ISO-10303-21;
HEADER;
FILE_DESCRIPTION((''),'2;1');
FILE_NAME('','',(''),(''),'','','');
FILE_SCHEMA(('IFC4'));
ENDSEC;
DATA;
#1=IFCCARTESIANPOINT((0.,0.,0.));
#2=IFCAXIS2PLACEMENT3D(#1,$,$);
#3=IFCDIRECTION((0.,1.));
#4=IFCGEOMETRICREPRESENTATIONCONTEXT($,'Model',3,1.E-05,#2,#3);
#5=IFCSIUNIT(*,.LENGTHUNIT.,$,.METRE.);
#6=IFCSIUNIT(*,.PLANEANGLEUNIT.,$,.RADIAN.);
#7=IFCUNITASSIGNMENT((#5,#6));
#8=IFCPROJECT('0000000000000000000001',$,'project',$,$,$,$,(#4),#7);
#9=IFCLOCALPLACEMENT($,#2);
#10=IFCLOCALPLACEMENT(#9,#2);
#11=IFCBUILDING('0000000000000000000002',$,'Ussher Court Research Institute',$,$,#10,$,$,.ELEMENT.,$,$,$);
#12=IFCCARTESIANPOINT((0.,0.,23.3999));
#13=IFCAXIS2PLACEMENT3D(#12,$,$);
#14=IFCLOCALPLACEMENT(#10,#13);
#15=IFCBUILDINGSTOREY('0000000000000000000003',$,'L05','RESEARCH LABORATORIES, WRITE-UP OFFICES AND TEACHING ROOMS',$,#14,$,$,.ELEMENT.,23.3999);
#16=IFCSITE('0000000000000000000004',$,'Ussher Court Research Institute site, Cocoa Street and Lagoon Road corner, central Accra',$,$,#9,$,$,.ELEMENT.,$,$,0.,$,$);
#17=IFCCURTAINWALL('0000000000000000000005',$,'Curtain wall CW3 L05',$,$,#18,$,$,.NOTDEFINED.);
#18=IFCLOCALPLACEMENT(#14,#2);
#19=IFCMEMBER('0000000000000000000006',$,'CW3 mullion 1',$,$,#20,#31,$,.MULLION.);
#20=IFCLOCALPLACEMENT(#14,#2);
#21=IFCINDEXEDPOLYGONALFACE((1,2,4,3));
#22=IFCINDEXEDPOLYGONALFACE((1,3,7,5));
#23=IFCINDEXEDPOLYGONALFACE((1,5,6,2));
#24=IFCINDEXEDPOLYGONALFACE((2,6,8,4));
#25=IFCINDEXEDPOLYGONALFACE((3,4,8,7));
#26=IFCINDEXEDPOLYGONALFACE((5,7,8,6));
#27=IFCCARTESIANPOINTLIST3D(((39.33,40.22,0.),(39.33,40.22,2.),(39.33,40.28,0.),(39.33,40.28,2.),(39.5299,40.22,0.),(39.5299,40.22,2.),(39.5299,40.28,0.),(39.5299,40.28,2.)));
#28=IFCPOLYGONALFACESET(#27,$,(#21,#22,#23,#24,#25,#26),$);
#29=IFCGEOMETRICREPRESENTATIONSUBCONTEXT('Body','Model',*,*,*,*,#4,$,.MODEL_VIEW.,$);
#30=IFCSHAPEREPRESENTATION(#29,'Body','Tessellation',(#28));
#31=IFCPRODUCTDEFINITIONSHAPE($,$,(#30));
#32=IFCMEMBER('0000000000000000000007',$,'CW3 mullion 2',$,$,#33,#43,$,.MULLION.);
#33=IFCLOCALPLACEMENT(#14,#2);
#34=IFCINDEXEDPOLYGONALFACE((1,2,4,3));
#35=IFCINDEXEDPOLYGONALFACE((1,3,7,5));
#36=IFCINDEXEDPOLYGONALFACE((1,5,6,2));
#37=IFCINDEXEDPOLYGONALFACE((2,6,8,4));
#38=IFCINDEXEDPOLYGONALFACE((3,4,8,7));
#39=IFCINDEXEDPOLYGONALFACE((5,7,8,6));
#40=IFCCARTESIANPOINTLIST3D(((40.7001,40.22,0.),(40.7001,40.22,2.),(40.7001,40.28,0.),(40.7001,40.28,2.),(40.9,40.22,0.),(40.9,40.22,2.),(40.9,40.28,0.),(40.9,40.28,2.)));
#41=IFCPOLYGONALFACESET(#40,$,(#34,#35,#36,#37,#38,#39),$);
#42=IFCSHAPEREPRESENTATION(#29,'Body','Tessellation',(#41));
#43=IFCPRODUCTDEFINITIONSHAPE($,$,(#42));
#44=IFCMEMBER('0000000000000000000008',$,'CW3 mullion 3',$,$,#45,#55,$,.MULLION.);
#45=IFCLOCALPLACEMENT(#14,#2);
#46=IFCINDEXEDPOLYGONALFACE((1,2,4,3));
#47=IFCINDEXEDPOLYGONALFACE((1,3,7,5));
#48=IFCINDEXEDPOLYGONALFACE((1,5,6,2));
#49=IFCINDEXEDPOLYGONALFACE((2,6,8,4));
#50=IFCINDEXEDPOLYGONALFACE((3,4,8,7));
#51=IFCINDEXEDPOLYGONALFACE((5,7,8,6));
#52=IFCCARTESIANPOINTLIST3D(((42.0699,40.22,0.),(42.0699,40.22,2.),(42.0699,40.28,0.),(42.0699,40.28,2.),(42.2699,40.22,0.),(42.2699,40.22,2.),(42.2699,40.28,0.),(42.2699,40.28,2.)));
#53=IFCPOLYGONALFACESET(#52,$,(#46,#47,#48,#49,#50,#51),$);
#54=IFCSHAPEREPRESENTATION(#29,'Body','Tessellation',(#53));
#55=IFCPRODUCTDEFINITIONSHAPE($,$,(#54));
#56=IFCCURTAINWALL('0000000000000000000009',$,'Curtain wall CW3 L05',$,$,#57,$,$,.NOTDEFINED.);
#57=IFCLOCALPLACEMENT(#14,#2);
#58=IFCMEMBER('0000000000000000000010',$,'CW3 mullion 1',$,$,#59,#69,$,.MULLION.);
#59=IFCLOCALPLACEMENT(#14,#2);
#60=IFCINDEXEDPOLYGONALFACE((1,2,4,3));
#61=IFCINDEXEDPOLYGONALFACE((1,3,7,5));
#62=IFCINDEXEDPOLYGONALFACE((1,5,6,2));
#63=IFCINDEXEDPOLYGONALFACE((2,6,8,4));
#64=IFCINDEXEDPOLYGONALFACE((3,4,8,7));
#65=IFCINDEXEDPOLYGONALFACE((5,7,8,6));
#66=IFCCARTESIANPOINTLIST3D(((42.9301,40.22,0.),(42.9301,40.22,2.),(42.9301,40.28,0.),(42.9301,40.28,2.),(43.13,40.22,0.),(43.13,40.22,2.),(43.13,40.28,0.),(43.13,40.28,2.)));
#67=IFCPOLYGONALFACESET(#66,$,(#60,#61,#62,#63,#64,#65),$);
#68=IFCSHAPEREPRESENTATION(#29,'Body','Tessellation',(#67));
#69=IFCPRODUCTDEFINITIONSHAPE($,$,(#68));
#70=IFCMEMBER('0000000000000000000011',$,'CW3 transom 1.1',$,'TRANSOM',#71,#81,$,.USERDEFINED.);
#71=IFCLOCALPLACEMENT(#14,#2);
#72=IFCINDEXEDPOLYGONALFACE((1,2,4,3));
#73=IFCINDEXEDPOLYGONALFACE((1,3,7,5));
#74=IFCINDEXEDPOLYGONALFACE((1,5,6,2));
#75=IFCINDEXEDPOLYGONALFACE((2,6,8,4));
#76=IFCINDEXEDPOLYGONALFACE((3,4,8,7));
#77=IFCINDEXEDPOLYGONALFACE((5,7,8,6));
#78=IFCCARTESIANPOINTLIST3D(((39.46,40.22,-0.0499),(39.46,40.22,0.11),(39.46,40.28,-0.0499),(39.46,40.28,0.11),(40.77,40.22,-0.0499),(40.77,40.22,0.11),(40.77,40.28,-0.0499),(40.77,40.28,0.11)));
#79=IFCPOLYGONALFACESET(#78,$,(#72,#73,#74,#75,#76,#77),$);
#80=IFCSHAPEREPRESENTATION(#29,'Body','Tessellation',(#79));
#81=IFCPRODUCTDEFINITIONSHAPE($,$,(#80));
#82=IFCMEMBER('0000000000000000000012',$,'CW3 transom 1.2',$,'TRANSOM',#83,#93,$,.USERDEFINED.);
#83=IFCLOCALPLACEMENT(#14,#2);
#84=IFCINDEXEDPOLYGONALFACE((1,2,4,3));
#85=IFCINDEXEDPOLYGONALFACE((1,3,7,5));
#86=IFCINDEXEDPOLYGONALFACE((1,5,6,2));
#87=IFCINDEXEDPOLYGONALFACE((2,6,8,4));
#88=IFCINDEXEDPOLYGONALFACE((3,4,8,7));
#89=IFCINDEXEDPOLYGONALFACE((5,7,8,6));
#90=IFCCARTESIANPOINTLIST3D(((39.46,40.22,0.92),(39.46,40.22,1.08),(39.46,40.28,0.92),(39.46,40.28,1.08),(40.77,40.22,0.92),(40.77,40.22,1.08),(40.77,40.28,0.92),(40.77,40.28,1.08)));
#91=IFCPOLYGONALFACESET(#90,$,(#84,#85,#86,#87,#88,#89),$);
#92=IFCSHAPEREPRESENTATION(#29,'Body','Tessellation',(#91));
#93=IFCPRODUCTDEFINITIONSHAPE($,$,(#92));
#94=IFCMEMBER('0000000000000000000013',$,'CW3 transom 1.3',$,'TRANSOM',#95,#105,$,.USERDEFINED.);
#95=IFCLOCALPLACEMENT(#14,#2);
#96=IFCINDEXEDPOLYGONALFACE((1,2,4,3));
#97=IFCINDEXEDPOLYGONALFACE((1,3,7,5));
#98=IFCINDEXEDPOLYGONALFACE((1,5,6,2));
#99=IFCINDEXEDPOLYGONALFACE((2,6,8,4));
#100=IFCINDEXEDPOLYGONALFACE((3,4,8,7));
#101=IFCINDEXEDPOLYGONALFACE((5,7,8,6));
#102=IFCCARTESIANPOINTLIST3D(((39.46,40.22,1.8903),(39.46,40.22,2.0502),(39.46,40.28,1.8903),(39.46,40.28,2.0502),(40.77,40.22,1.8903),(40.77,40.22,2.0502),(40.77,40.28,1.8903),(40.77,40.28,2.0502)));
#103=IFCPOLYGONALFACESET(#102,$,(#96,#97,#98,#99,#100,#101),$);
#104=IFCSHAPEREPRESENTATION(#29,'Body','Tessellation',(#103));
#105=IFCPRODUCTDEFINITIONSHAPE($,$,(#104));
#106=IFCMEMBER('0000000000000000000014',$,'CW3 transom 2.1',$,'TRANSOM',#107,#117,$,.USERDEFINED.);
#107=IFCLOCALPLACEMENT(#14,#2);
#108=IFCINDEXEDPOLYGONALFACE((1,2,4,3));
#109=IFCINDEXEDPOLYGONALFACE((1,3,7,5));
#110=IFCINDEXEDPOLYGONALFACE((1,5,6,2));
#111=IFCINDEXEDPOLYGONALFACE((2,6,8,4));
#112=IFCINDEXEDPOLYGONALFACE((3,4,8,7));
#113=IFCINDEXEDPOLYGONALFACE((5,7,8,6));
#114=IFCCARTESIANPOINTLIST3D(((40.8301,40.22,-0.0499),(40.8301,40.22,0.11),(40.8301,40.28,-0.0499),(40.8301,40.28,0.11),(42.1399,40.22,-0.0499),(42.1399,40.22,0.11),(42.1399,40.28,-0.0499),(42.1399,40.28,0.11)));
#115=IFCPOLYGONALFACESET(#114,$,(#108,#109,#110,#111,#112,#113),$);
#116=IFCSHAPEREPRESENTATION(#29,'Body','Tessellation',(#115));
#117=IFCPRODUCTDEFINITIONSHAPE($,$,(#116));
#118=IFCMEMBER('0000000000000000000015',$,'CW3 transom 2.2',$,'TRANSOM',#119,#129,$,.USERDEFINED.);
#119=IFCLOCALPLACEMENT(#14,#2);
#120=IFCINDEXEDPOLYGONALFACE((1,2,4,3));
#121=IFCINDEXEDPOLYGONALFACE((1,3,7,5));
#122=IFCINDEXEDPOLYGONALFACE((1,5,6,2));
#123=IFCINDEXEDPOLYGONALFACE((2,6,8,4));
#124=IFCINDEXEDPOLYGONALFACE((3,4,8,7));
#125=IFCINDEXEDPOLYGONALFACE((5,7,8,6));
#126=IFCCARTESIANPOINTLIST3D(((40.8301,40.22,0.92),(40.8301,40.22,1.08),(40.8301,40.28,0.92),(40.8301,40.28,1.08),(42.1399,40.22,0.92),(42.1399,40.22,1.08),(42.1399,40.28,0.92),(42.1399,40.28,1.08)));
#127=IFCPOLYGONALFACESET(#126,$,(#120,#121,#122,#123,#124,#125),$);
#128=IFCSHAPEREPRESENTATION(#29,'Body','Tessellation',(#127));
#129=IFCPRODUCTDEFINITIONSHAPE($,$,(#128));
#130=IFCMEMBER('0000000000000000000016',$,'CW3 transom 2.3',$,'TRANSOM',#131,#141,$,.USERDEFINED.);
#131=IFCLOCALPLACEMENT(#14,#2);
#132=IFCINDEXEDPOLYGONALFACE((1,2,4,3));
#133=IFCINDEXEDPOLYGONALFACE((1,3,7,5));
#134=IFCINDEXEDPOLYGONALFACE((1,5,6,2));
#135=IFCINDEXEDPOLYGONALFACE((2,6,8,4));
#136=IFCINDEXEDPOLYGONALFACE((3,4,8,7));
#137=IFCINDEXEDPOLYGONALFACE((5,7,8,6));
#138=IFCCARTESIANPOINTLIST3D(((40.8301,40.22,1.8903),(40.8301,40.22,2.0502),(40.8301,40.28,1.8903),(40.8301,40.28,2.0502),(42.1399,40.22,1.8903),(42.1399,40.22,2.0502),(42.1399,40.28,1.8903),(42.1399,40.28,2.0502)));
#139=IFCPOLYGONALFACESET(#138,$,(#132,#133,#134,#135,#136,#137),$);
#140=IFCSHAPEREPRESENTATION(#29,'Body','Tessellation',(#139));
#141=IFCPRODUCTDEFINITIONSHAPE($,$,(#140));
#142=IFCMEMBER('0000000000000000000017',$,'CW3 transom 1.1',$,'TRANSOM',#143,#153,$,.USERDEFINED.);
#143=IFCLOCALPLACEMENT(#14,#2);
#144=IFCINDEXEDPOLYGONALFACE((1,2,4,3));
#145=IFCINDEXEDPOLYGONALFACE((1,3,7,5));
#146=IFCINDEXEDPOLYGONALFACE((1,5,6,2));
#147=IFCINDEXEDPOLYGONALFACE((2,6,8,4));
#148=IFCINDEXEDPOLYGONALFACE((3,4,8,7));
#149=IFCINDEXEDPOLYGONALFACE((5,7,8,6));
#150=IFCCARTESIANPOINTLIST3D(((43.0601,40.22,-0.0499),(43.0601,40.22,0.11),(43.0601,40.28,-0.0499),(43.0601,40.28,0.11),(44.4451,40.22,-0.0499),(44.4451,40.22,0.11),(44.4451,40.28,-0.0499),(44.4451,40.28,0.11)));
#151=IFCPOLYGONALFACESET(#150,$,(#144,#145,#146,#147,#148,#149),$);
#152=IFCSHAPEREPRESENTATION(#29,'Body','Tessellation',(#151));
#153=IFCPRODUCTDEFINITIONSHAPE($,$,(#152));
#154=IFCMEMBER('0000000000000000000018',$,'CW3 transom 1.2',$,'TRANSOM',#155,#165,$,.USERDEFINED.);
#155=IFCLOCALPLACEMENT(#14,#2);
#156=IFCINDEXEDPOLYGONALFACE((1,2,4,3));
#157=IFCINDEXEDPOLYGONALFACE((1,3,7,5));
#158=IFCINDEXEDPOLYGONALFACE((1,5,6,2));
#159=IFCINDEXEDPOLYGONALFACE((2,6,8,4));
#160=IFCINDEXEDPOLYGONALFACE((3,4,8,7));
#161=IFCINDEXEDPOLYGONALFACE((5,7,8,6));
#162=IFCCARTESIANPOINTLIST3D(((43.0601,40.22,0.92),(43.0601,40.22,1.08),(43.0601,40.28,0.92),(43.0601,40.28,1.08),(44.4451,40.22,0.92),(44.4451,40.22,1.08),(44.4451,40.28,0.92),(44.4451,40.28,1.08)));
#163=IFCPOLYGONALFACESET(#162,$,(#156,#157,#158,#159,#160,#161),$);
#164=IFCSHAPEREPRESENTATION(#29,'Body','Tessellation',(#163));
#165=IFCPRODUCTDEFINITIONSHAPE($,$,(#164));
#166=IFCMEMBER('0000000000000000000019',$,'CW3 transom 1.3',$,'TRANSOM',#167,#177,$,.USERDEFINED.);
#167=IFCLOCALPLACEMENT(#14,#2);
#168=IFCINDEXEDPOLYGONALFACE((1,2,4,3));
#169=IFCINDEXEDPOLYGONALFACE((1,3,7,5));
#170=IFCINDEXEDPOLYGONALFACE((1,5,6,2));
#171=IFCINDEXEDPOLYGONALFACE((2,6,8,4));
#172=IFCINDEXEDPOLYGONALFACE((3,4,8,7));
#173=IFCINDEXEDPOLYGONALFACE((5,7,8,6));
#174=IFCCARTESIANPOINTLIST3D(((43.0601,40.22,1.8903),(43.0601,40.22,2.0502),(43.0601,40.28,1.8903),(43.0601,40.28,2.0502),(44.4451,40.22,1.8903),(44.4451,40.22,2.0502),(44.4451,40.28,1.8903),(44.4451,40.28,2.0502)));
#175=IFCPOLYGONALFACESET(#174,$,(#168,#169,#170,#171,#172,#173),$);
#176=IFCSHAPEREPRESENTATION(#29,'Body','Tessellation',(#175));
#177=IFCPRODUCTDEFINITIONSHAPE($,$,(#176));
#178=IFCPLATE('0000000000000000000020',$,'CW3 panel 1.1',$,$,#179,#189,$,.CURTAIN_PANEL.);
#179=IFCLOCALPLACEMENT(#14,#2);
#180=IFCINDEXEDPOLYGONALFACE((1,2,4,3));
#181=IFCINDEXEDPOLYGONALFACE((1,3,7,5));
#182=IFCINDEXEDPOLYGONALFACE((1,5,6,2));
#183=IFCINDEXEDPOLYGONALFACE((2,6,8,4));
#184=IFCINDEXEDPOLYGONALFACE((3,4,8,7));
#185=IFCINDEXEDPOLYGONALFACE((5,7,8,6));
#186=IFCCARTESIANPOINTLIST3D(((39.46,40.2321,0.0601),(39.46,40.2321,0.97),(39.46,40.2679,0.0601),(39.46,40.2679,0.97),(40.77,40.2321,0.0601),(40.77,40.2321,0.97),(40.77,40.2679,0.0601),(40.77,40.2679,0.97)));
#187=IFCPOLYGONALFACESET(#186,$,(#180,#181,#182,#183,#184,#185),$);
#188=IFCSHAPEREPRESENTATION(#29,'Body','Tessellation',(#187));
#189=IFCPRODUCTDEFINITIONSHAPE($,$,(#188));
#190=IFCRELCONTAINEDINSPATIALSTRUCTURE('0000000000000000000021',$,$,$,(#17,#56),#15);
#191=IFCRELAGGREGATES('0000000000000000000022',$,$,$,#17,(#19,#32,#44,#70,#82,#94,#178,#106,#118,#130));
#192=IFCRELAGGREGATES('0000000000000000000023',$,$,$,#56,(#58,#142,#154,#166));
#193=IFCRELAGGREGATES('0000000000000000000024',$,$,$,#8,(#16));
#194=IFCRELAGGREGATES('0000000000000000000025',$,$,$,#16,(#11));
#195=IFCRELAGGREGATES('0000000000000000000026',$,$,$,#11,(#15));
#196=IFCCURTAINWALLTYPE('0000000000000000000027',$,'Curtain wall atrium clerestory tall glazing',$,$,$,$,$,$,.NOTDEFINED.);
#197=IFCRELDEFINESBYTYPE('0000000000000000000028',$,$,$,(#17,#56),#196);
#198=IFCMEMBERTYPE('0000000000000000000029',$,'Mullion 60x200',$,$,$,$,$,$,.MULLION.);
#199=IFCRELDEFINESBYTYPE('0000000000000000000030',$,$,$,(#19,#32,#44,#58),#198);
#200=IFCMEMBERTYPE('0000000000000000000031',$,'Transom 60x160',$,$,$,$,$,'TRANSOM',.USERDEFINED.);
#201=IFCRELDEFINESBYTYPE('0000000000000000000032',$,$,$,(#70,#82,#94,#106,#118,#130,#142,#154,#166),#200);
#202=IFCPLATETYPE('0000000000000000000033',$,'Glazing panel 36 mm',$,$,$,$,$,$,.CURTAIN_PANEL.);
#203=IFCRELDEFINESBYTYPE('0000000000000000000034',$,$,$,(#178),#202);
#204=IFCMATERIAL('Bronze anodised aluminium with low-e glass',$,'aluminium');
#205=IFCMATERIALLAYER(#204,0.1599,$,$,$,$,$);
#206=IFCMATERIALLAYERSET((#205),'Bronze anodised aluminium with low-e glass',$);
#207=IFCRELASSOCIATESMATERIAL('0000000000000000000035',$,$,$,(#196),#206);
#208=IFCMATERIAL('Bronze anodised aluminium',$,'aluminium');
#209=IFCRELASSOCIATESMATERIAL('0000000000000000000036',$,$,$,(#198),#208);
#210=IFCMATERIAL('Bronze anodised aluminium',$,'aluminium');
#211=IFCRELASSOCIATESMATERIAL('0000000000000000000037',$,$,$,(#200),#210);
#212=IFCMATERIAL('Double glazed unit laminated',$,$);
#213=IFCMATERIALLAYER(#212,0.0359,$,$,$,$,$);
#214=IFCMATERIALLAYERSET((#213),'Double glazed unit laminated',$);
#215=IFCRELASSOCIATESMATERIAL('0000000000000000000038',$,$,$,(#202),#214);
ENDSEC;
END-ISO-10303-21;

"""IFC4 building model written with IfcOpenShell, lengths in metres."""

from ifc_helpers import new_model, si_unit, direction, frame, origin, origin_2d, place, context, subcontext, project, spatial, rectangle, extrude, material, layer, layer_set, material_profile, profile_set, type_object, element, aggregate, save


model = new_model("IFC4")

# Units and contexts
model_context = context("Model", 3, precision=1e-05, world=origin(), true_north=direction((0.0, 1.0)))
body_context = subcontext(model_context, "Body", "Model", "MODEL_VIEW")
ifc_project = project(units=[si_unit("LENGTHUNIT", "METRE"), si_unit("PLANEANGLEUNIT", "RADIAN")], contexts=[model_context])

# Site, building, storey
site_placement = place(None, origin())
site = spatial("IfcSite", under=ifc_project, at=site_placement, Name="Ussher Court Research Institute site, Cocoa Street and Lagoon Road corner, central Accra", CompositionType="ELEMENT", RefElevation=0.0)
building_placement = place(site_placement, origin())
building = spatial("IfcBuilding", under=site, at=building_placement, Name="Ussher Court Research Institute", CompositionType="ELEMENT")
storey_placement = place(building_placement, frame((0.0, 0.0, 23.3999)))
storey = spatial("IfcBuildingStorey", under=building, at=storey_placement, Name="L05", Description="RESEARCH LABORATORIES, WRITE-UP OFFICES AND TEACHING ROOMS", CompositionType="ELEMENT", Elevation=23.3999)

# Curtain wall, members
ifc_material_1 = material(Name="Bronze anodised aluminium with low-e glass", Category="aluminium")
ifc_layer_1 = layer(ifc_material_1, 0.1599)
ifc_layer_set_1 = layer_set([ifc_layer_1], Name="Bronze anodised aluminium with low-e glass")
curtain_wall_type = type_object("IfcCurtainWallType", Name="Curtain wall atrium clerestory tall glazing", PredefinedType="NOTDEFINED", material=ifc_layer_set_1)
curtain_wall_1_placement = place(storey_placement, origin())
curtain_wall_1 = element("IfcCurtainWall", 1, at=curtain_wall_1_placement, inside=storey, type_object=curtain_wall_type, Name="Curtain wall CW3 L05", PredefinedType="NOTDEFINED")
ifc_material_2 = material(Name="Bronze anodised aluminium", Category="aluminium")
ifc_material_profile_1 = material_profile(ifc_material_2, rectangle(XDim=0.0601, YDim=0.2, at=origin_2d()), Name="Mullion 60x200")
ifc_profile_set_1 = profile_set([ifc_material_profile_1], Name="Bronze anodised aluminium")
member_type_1 = type_object("IfcMemberType", Name="Mullion 60x200", PredefinedType="MULLION", material=ifc_profile_set_1)
member_1_placement = place(storey_placement, frame((39.4299, 40.25, 0.0), z_axis=(0.0, 0.0, 1.0), x_axis=(0.0, 1.0, 0.0)))
member_1 = element("IfcMember", 2, at=member_1_placement, type_object=member_type_1, Name="CW3 mullion 1", PredefinedType="MULLION", context=body_context, shape_type="SweptSolid", body=[
    extrude(rectangle(XDim=0.0601, YDim=0.2, at=origin_2d()), origin(), (0.0, 0.0, 1.0), 2.0),
])
member_2_placement = place(storey_placement, frame((40.8, 40.25, 0.0), z_axis=(0.0, 0.0, 1.0), x_axis=(0.0, 1.0, 0.0)))
member_2 = element("IfcMember", 3, at=member_2_placement, type_object=member_type_1, Name="CW3 mullion 2", PredefinedType="MULLION", context=body_context, shape_type="SweptSolid", body=[
    extrude(rectangle(XDim=0.0601, YDim=0.2, at=origin_2d()), origin(), (0.0, 0.0, 1.0), 2.0),
])
member_3_placement = place(storey_placement, frame((42.1699, 40.25, 0.0), z_axis=(0.0, 0.0, 1.0), x_axis=(0.0, 1.0, 0.0)))
member_3 = element("IfcMember", 4, at=member_3_placement, type_object=member_type_1, Name="CW3 mullion 3", PredefinedType="MULLION", context=body_context, shape_type="SweptSolid", body=[
    extrude(rectangle(XDim=0.0601, YDim=0.2, at=origin_2d()), origin(), (0.0, 0.0, 1.0), 2.0),
])

# Curtain wall, member
curtain_wall_2_placement = place(storey_placement, origin())
curtain_wall_2 = element("IfcCurtainWall", 5, at=curtain_wall_2_placement, inside=storey, type_object=curtain_wall_type, Name="Curtain wall CW3 L05", PredefinedType="NOTDEFINED")
member_4_placement = place(storey_placement, frame((43.03, 40.25, 0.0), z_axis=(0.0, 0.0, 1.0), x_axis=(0.0, 1.0, 0.0)))
member_4 = element("IfcMember", 6, at=member_4_placement, type_object=member_type_1, Name="CW3 mullion 1", PredefinedType="MULLION", context=body_context, shape_type="SweptSolid", body=[
    extrude(rectangle(XDim=0.0601, YDim=0.2, at=origin_2d()), origin(), (0.0, 0.0, 1.0), 2.0),
])

# Members
ifc_material_3 = material(Name="Bronze anodised aluminium", Category="aluminium")
ifc_material_profile_2 = material_profile(ifc_material_3, rectangle(XDim=0.0601, YDim=0.1599, at=origin_2d()), Name="Transom 60x160")
ifc_profile_set_2 = profile_set([ifc_material_profile_2], Name="Bronze anodised aluminium")
member_type_2 = type_object("IfcMemberType", Name="Transom 60x160", ElementType="TRANSOM", PredefinedType="USERDEFINED", material=ifc_profile_set_2)
member_5_placement = place(storey_placement, frame((39.46, 40.25, 0.03), z_axis=(1.0, 0.0, 0.0), x_axis=(0.0, 1.0, 0.0)))
member_5 = element("IfcMember", 7, at=member_5_placement, type_object=member_type_2, Name="CW3 transom 1.1", ObjectType="TRANSOM", PredefinedType="USERDEFINED", context=body_context, shape_type="SweptSolid", body=[
    extrude(rectangle(XDim=0.0601, YDim=0.1599, at=origin_2d()), origin(), (0.0, 0.0, 1.0), 1.3101),
])
member_6_placement = place(storey_placement, frame((39.46, 40.25, 1.0), z_axis=(1.0, 0.0, 0.0), x_axis=(0.0, 1.0, 0.0)))
member_6 = element("IfcMember", 8, at=member_6_placement, type_object=member_type_2, Name="CW3 transom 1.2", ObjectType="TRANSOM", PredefinedType="USERDEFINED", context=body_context, shape_type="SweptSolid", body=[
    extrude(rectangle(XDim=0.0601, YDim=0.1599, at=origin_2d()), origin(), (0.0, 0.0, 1.0), 1.3101),
])
member_7_placement = place(storey_placement, frame((39.46, 40.25, 1.9702), z_axis=(1.0, 0.0, 0.0), x_axis=(0.0, 1.0, 0.0)))
member_7 = element("IfcMember", 9, at=member_7_placement, type_object=member_type_2, Name="CW3 transom 1.3", ObjectType="TRANSOM", PredefinedType="USERDEFINED", context=body_context, shape_type="SweptSolid", body=[
    extrude(rectangle(XDim=0.0601, YDim=0.1599, at=origin_2d()), origin(), (0.0, 0.0, 1.0), 1.3101),
])
member_8_placement = place(storey_placement, frame((40.8301, 40.25, 0.03), z_axis=(1.0, 0.0, 0.0), x_axis=(0.0, 1.0, 0.0)))
member_8 = element("IfcMember", 10, at=member_8_placement, type_object=member_type_2, Name="CW3 transom 2.1", ObjectType="TRANSOM", PredefinedType="USERDEFINED", context=body_context, shape_type="SweptSolid", body=[
    extrude(rectangle(XDim=0.0601, YDim=0.1599, at=origin_2d()), origin(), (0.0, 0.0, 1.0), 1.3098),
])
member_9_placement = place(storey_placement, frame((40.8301, 40.25, 1.0), z_axis=(1.0, 0.0, 0.0), x_axis=(0.0, 1.0, 0.0)))
member_9 = element("IfcMember", 11, at=member_9_placement, type_object=member_type_2, Name="CW3 transom 2.2", ObjectType="TRANSOM", PredefinedType="USERDEFINED", context=body_context, shape_type="SweptSolid", body=[
    extrude(rectangle(XDim=0.0601, YDim=0.1599, at=origin_2d()), origin(), (0.0, 0.0, 1.0), 1.3098),
])
member_10_placement = place(storey_placement, frame((40.8301, 40.25, 1.9702), z_axis=(1.0, 0.0, 0.0), x_axis=(0.0, 1.0, 0.0)))
member_10 = element("IfcMember", 12, at=member_10_placement, type_object=member_type_2, Name="CW3 transom 2.3", ObjectType="TRANSOM", PredefinedType="USERDEFINED", context=body_context, shape_type="SweptSolid", body=[
    extrude(rectangle(XDim=0.0601, YDim=0.1599, at=origin_2d()), origin(), (0.0, 0.0, 1.0), 1.3098),
])
member_11_placement = place(storey_placement, frame((43.0601, 40.25, 0.03), z_axis=(1.0, 0.0, 0.0), x_axis=(0.0, 1.0, 0.0)))
member_11 = element("IfcMember", 13, at=member_11_placement, type_object=member_type_2, Name="CW3 transom 1.1", ObjectType="TRANSOM", PredefinedType="USERDEFINED", context=body_context, shape_type="SweptSolid", body=[
    extrude(rectangle(XDim=0.0601, YDim=0.1599, at=origin_2d()), origin(), (0.0, 0.0, 1.0), 1.385),
])
member_12_placement = place(storey_placement, frame((43.0601, 40.25, 1.0), z_axis=(1.0, 0.0, 0.0), x_axis=(0.0, 1.0, 0.0)))
member_12 = element("IfcMember", 14, at=member_12_placement, type_object=member_type_2, Name="CW3 transom 1.2", ObjectType="TRANSOM", PredefinedType="USERDEFINED", context=body_context, shape_type="SweptSolid", body=[
    extrude(rectangle(XDim=0.0601, YDim=0.1599, at=origin_2d()), origin(), (0.0, 0.0, 1.0), 1.385),
])
member_13_placement = place(storey_placement, frame((43.0601, 40.25, 1.9702), z_axis=(1.0, 0.0, 0.0), x_axis=(0.0, 1.0, 0.0)))
member_13 = element("IfcMember", 15, at=member_13_placement, type_object=member_type_2, Name="CW3 transom 1.3", ObjectType="TRANSOM", PredefinedType="USERDEFINED", context=body_context, shape_type="SweptSolid", body=[
    extrude(rectangle(XDim=0.0601, YDim=0.1599, at=origin_2d()), origin(), (0.0, 0.0, 1.0), 1.385),
])

# Plate
ifc_material_4 = material(Name="Double glazed unit laminated")
ifc_layer_2 = layer(ifc_material_4, 0.0359)
ifc_layer_set_2 = layer_set([ifc_layer_2], Name="Double glazed unit laminated")
plate_type = type_object("IfcPlateType", Name="Glazing panel 36 mm", PredefinedType="CURTAIN_PANEL", material=ifc_layer_set_2)
plate_1_placement = place(storey_placement, frame((40.115, 40.25, 0.0601), z_axis=(0.0, 0.0, 1.0), x_axis=(1.0, 0.0, 0.0)))
plate_1 = element("IfcPlate", 16, at=plate_1_placement, type_object=plate_type, Name="CW3 panel 1.1", PredefinedType="CURTAIN_PANEL", context=body_context, shape_type="SweptSolid", body=[
    extrude(rectangle(XDim=1.3101, YDim=0.0359, at=origin_2d()), origin(), (0.0, 0.0, 1.0), 0.9099),
])
aggregate(curtain_wall_1, [member_1, member_2, member_3, member_5, member_6, member_7, plate_1, member_8, member_9, member_10])
aggregate(curtain_wall_2, [member_4, member_11, member_12, member_13])

save(model, "model.ifc")
